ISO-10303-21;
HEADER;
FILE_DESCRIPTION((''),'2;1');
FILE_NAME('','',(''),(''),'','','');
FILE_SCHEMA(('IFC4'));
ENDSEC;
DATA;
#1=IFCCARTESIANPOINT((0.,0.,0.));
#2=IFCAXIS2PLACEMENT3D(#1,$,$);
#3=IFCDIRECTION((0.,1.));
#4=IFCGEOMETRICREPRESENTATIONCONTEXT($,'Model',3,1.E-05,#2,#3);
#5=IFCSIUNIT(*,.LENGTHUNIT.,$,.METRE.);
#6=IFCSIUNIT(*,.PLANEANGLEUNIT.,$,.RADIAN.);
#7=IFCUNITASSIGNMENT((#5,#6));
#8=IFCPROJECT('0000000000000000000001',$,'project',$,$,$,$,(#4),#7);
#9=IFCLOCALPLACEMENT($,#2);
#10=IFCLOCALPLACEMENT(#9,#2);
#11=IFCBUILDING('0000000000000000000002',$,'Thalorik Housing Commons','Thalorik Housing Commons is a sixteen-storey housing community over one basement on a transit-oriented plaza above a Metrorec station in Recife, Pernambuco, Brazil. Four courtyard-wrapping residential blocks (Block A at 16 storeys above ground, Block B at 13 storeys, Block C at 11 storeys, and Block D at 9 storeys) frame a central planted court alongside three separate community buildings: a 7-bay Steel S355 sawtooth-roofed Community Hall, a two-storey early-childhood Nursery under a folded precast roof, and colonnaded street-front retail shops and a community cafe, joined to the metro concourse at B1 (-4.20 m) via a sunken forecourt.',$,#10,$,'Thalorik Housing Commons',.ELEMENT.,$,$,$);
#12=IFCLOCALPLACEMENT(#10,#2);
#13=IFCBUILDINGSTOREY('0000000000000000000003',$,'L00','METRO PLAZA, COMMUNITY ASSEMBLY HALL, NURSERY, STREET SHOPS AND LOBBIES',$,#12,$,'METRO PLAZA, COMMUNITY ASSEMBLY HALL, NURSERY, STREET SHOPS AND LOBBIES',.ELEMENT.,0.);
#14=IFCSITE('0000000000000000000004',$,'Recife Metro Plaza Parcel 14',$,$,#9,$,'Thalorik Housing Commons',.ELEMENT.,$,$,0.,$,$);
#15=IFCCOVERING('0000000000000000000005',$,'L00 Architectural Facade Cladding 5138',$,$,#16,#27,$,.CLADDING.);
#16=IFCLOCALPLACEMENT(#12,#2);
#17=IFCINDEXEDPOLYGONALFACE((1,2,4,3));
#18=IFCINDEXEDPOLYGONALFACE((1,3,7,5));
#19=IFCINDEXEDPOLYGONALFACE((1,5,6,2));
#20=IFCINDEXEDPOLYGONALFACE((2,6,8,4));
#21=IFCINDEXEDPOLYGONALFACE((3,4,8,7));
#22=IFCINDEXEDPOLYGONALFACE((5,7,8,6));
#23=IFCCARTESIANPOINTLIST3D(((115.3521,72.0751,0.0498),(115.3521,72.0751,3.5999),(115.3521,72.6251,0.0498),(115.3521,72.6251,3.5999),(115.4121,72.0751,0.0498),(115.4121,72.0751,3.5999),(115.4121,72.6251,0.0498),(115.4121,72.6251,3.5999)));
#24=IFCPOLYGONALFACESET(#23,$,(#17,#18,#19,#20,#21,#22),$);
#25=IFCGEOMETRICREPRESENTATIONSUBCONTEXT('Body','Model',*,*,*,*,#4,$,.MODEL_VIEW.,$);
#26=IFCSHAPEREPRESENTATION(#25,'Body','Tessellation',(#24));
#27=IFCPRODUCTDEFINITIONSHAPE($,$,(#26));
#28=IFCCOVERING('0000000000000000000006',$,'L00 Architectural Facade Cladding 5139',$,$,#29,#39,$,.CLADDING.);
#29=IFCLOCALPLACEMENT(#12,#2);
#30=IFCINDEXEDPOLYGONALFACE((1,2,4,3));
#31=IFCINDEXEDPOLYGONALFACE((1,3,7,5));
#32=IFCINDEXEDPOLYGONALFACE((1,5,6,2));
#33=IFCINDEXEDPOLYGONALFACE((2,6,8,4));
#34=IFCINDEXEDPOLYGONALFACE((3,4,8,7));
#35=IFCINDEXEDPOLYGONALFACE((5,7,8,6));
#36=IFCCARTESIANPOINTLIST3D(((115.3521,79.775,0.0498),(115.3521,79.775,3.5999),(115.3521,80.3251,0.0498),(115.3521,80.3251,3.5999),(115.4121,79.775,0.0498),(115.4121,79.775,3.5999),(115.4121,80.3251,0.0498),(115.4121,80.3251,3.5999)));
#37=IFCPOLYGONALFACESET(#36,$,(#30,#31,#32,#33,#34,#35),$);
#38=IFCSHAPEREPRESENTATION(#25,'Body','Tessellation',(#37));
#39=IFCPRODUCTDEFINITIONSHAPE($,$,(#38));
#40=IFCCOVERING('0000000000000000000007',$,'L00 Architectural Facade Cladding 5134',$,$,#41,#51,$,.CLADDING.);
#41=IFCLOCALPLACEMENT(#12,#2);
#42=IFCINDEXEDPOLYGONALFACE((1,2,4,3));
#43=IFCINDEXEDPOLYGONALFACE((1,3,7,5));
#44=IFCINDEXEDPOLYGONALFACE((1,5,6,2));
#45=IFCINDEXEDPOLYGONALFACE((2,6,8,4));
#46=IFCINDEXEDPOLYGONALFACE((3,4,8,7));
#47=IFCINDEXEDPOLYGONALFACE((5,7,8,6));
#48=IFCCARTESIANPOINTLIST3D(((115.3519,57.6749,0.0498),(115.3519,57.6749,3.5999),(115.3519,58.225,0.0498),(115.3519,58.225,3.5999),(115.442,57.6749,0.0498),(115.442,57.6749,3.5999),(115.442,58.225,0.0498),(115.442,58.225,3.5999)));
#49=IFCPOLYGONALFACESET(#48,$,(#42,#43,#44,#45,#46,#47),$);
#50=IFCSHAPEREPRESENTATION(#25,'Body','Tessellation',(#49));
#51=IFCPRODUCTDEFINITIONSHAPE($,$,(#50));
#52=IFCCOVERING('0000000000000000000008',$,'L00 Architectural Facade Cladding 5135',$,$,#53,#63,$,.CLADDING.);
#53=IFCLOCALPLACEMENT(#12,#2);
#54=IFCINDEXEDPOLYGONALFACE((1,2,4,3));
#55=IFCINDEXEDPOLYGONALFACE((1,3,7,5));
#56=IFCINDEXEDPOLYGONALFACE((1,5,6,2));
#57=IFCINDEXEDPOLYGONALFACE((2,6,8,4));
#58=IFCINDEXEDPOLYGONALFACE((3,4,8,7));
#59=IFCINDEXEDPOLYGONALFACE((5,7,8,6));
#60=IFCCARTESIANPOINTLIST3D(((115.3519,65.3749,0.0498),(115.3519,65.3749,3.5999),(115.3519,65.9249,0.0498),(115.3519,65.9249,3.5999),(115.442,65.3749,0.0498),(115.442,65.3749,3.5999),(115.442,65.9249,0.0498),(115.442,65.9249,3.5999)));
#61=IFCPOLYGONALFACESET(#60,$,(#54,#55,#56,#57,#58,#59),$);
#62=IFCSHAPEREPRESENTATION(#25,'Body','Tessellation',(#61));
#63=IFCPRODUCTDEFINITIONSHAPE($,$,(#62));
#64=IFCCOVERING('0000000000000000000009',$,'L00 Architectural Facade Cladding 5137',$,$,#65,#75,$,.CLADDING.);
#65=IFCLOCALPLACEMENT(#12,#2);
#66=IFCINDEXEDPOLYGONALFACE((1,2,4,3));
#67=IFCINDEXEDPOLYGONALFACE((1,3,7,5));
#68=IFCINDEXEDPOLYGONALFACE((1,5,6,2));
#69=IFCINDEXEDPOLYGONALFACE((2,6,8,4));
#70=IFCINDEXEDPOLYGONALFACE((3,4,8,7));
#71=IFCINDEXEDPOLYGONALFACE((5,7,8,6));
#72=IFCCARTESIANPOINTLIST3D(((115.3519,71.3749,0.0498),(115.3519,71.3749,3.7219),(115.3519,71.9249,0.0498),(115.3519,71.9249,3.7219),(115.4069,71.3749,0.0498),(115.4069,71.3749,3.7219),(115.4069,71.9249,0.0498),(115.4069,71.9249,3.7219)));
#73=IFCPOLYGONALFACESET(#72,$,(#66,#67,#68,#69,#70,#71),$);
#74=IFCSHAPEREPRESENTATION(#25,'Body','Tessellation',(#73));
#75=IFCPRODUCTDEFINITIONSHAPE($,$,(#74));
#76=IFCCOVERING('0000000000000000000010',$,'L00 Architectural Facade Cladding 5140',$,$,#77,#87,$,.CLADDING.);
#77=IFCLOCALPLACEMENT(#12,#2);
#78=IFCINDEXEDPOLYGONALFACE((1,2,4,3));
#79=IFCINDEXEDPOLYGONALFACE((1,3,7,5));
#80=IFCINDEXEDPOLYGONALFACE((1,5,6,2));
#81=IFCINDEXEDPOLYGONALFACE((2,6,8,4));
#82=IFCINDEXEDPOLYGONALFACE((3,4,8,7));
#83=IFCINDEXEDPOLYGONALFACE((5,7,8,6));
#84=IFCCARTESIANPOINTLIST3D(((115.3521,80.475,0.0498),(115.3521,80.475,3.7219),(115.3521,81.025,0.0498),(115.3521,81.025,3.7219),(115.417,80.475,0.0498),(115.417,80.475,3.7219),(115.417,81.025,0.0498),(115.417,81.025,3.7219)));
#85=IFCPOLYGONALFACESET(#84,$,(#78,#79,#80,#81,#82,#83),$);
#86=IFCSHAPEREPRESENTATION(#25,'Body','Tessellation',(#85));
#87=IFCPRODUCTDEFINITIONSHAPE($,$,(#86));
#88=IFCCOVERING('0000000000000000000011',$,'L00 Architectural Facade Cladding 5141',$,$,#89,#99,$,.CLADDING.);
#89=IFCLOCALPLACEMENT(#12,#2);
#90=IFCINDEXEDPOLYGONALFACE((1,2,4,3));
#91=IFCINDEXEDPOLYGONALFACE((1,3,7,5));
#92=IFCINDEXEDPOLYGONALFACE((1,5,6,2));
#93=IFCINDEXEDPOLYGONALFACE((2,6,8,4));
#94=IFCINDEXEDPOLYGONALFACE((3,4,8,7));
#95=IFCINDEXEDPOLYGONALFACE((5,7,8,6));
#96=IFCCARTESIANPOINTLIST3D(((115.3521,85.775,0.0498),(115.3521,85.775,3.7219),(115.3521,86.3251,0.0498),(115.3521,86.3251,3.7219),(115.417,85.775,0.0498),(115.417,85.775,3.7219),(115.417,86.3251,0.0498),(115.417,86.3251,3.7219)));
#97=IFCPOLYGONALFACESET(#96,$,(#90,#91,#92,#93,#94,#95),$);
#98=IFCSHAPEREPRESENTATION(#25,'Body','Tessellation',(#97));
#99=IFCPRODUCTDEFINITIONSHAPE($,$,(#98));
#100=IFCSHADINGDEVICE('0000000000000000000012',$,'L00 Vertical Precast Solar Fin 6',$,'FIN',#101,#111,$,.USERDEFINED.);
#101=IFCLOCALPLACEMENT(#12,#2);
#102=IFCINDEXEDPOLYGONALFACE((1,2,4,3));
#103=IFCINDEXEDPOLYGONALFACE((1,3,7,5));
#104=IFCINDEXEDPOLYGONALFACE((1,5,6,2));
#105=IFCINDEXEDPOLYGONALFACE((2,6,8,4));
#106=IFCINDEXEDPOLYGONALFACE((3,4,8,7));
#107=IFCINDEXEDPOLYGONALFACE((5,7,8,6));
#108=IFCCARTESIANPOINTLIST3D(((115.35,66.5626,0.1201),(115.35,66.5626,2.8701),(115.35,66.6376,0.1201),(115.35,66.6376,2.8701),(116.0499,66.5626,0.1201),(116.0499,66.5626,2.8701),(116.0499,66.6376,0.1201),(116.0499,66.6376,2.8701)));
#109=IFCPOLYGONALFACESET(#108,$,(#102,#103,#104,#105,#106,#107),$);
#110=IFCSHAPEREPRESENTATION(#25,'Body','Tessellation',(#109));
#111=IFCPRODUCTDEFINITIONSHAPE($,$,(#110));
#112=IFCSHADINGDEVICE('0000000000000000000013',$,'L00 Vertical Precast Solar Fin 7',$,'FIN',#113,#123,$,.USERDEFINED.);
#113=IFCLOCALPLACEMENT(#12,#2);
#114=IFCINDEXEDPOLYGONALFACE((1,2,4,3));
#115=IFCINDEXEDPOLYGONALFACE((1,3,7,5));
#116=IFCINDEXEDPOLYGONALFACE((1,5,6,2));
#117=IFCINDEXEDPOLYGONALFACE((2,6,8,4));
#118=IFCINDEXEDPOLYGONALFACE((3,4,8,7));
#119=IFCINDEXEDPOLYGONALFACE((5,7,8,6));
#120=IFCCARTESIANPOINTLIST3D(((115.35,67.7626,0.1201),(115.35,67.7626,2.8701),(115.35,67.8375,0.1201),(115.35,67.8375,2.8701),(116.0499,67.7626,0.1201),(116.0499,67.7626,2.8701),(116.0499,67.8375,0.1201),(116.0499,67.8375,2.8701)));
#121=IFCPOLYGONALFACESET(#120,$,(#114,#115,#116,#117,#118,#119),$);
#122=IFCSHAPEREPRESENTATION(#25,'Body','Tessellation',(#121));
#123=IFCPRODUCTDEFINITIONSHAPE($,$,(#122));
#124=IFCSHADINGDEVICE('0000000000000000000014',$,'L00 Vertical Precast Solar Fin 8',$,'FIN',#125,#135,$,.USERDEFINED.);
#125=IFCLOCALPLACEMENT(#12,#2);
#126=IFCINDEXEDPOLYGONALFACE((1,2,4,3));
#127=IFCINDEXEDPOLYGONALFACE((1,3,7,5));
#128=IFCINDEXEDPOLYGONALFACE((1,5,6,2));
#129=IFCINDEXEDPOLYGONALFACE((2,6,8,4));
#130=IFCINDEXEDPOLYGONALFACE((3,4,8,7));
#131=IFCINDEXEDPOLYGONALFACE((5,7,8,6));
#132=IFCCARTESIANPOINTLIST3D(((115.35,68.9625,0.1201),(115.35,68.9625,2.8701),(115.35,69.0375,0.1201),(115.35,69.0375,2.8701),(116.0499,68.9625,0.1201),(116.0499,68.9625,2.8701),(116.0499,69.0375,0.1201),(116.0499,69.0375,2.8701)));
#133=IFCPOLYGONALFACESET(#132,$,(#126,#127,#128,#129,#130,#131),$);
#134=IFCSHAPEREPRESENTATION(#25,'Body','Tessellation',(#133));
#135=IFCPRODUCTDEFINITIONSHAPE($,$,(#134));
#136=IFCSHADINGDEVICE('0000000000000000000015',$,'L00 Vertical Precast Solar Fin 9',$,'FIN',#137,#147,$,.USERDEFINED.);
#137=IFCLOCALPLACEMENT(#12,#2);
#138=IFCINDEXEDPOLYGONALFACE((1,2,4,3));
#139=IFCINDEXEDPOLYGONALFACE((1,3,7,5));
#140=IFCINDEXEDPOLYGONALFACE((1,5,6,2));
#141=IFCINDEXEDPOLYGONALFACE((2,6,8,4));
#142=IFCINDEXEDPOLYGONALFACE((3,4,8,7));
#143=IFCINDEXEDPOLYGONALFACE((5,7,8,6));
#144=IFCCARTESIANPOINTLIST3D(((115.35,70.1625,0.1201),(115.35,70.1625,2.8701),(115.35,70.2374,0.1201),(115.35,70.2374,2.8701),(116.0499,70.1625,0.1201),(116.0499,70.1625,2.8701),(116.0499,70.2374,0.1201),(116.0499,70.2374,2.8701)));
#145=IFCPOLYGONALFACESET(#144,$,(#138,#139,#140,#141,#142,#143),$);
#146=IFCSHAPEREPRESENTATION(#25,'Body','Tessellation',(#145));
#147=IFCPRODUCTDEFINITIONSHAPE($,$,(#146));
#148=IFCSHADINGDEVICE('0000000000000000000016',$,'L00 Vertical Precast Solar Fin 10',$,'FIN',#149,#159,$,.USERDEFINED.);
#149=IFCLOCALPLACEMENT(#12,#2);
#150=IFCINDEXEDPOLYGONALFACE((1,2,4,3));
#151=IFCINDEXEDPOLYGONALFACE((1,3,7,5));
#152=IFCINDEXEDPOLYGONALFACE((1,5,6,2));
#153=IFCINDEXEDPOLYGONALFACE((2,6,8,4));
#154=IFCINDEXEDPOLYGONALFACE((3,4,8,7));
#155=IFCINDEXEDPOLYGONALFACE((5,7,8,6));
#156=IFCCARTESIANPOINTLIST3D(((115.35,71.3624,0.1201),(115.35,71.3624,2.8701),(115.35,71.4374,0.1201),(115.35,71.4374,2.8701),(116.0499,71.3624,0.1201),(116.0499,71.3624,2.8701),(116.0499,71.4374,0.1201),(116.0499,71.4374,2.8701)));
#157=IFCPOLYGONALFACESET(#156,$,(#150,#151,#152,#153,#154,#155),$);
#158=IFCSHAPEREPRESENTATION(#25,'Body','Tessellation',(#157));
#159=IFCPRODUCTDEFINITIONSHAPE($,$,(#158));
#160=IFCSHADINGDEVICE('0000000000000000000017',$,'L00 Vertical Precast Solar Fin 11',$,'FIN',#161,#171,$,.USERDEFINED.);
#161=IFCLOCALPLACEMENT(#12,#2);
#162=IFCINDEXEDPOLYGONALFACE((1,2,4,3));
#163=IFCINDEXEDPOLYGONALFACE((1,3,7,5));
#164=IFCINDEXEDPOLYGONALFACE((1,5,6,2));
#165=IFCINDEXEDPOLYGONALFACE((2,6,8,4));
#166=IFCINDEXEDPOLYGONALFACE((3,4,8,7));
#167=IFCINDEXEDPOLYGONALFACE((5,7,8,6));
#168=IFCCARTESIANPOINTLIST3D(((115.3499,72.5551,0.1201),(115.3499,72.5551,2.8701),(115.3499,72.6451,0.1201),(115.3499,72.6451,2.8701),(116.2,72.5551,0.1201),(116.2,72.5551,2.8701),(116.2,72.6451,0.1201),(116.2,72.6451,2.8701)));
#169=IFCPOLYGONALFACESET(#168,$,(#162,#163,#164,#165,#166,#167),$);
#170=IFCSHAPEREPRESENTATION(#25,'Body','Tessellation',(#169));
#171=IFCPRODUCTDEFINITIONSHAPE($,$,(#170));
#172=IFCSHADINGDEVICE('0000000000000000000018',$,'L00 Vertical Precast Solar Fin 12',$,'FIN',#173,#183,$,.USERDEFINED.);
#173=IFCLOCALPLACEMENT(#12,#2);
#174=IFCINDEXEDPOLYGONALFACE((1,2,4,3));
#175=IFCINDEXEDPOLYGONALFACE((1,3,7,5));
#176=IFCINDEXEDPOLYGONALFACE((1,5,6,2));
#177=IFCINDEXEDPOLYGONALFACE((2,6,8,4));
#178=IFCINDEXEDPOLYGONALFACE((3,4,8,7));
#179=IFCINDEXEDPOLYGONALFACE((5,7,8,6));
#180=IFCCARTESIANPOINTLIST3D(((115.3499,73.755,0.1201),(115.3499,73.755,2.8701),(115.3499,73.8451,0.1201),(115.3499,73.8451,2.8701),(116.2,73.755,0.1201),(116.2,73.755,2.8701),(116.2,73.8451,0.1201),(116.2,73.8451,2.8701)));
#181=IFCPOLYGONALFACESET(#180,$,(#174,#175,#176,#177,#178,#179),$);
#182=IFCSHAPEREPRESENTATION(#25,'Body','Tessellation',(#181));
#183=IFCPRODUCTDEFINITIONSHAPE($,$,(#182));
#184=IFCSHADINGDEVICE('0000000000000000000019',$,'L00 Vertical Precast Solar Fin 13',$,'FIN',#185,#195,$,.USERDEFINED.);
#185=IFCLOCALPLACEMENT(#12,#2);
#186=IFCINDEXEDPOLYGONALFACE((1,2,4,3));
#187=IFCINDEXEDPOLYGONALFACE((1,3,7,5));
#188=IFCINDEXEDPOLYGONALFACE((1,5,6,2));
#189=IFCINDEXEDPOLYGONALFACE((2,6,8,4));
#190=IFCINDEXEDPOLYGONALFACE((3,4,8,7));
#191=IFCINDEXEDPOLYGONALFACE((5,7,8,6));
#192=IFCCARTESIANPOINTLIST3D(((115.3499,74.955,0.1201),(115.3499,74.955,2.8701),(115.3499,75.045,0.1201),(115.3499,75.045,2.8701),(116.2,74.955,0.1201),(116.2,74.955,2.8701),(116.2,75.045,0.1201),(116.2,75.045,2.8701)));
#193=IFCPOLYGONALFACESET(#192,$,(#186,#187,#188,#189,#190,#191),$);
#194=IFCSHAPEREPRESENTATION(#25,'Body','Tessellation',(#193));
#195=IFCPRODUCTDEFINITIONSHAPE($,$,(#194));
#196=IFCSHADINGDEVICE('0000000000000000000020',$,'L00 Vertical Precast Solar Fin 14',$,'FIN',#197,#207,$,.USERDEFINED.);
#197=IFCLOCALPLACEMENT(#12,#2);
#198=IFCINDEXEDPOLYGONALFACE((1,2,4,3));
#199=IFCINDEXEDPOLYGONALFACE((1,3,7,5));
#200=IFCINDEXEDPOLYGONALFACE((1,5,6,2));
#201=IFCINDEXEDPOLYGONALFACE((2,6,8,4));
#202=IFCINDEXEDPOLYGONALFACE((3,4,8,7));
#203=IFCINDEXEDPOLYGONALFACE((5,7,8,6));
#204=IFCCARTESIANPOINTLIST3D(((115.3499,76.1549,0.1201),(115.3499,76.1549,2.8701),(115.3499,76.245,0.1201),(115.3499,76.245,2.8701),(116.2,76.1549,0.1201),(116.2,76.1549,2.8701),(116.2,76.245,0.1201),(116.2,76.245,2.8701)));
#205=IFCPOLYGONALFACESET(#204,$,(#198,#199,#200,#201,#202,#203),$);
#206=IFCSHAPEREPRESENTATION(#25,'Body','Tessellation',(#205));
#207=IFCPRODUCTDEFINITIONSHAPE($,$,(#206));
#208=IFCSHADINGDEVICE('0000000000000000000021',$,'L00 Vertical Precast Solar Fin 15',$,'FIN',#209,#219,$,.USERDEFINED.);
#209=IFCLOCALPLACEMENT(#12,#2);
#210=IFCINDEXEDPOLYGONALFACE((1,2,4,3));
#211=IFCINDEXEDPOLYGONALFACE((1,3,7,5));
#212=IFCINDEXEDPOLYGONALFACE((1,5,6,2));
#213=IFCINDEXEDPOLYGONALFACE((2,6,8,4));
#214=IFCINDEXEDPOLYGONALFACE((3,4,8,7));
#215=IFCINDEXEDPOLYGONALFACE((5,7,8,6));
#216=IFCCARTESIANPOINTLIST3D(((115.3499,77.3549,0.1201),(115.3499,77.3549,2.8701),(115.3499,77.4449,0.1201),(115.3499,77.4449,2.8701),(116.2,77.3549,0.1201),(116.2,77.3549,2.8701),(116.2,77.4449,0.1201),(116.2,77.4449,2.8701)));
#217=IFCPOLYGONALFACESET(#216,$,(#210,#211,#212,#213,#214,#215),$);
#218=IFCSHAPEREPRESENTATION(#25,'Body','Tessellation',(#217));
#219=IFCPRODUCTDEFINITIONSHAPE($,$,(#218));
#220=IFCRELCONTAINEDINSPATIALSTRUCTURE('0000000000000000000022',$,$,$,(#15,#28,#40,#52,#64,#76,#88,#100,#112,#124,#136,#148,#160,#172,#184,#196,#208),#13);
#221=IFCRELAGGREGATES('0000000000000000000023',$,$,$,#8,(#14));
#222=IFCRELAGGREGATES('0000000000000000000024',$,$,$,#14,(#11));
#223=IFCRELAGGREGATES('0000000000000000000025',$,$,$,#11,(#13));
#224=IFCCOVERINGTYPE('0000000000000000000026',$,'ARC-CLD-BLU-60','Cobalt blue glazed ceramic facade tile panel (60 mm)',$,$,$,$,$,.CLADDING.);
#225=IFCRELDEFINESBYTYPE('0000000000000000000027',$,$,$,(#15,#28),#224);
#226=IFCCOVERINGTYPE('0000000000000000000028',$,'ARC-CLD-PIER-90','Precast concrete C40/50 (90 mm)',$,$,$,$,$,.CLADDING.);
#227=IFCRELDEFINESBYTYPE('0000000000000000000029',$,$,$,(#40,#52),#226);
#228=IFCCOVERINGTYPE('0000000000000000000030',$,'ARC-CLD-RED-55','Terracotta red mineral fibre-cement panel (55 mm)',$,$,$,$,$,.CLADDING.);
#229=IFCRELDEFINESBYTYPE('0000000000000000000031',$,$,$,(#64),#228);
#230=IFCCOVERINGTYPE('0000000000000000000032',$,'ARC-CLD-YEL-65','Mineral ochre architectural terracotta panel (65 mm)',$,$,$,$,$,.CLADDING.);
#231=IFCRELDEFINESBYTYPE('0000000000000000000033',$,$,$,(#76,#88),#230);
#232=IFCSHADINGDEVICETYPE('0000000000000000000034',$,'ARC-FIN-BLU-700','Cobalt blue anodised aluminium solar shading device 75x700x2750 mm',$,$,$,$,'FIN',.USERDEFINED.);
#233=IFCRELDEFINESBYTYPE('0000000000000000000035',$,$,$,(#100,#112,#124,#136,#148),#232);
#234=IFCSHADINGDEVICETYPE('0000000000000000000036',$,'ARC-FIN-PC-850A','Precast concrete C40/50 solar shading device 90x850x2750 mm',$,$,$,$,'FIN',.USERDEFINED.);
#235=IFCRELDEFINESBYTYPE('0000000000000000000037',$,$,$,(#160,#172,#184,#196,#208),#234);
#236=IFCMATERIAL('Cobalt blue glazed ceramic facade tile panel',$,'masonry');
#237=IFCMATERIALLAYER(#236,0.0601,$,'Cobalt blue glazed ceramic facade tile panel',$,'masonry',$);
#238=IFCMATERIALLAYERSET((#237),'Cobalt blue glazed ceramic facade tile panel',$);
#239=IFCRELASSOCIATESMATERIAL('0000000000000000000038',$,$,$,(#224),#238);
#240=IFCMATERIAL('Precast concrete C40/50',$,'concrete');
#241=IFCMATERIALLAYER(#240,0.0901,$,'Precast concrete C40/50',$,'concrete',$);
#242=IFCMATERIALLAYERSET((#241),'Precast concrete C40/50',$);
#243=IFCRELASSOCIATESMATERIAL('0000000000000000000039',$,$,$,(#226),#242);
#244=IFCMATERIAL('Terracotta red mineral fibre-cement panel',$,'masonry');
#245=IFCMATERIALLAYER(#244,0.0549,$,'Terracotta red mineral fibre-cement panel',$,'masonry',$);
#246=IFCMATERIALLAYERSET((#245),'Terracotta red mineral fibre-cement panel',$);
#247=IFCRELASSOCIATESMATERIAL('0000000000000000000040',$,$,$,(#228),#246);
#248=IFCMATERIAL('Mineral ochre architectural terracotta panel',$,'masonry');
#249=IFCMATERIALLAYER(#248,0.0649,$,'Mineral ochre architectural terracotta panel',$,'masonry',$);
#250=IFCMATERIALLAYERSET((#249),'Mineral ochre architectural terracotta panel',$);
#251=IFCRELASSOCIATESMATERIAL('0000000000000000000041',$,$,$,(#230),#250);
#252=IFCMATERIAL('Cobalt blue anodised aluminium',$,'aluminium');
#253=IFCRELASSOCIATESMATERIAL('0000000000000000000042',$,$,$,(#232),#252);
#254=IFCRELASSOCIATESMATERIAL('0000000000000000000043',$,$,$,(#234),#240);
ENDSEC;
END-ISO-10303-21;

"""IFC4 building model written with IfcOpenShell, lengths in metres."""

from ifc_helpers import new_model, si_unit, direction, frame, origin, origin_2d, place, context, subcontext, project, spatial, rectangle, extrude, material, layer, layer_set, type_object, element, save


model = new_model("IFC4")

# Units and contexts
model_context = context("Model", 3, precision=1e-05, world=origin(), true_north=direction((0.0, 1.0)))
body_context = subcontext(model_context, "Body", "Model", "MODEL_VIEW")
ifc_project = project(units=[si_unit("LENGTHUNIT", "METRE"), si_unit("PLANEANGLEUNIT", "RADIAN")], contexts=[model_context])

# Site, building, storey
site_placement = place(None, origin())
site = spatial("IfcSite", under=ifc_project, at=site_placement, Name="Recife Metro Plaza Parcel 14", LongName="Thalorik Housing Commons", CompositionType="ELEMENT", RefElevation=0.0)
building_placement = place(site_placement, origin())
building = spatial("IfcBuilding", under=site, at=building_placement, Name="Thalorik Housing Commons", Description="Thalorik Housing Commons is a sixteen-storey housing community over one basement on a transit-oriented plaza above a Metrorec station in Recife, Pernambuco, Brazil. Four courtyard-wrapping residential blocks (Block A at 16 storeys above ground, Block B at 13 storeys, Block C at 11 storeys, and Block D at 9 storeys) frame a central planted court alongside three separate community buildings: a 7-bay Steel S355 sawtooth-roofed Community Hall, a two-storey early-childhood Nursery under a folded precast roof, and colonnaded street-front retail shops and a community cafe, joined to the metro concourse at B1 (-4.20 m) via a sunken forecourt.", LongName="Thalorik Housing Commons", CompositionType="ELEMENT")
storey_placement = place(building_placement, origin())
storey = spatial("IfcBuildingStorey", under=building, at=storey_placement, Name="L00", Description="METRO PLAZA, COMMUNITY ASSEMBLY HALL, NURSERY, STREET SHOPS AND LOBBIES", LongName="METRO PLAZA, COMMUNITY ASSEMBLY HALL, NURSERY, STREET SHOPS AND LOBBIES", CompositionType="ELEMENT", Elevation=0.0)

# Coverings
ifc_material_1 = material(Name="Cobalt blue glazed ceramic facade tile panel", Category="masonry")
ifc_layer_1 = layer(ifc_material_1, 0.0601, Name="Cobalt blue glazed ceramic facade tile panel", Category="masonry")
ifc_layer_set_1 = layer_set([ifc_layer_1], Name="Cobalt blue glazed ceramic facade tile panel")
covering_type_1 = type_object("IfcCoveringType", Name="ARC-CLD-BLU-60", Description="Cobalt blue glazed ceramic facade tile panel (60 mm)", PredefinedType="CLADDING", material=ifc_layer_set_1)
for number, where, z_axis, x_axis, name in (
    (1, (115.3821, 72.3501, 0.0498), (0.0, 0.0, 1.0), (0.0, 1.0, 0.0), "L00 Architectural Facade Cladding 5138"),
    (2, (115.3821, 80.05, 0.0498), (0.0, 0.0, 1.0), (0.0, 1.0, 0.0), "L00 Architectural Facade Cladding 5139"),
):
    element("IfcCovering", number, at=place(storey_placement, frame(where, z_axis=z_axis, x_axis=x_axis)), inside=storey, type_object=covering_type_1, Name=name, PredefinedType="CLADDING", context=body_context, shape_type="SweptSolid", body=[
        extrude(rectangle(XDim=0.55, YDim=0.0601, at=origin_2d()), origin(), (0.0, 0.0, 1.0), 3.55),
    ])
ifc_material_2 = material(Name="Precast concrete C40/50", Category="concrete")
ifc_layer_2 = layer(ifc_material_2, 0.0901, Name="Precast concrete C40/50", Category="concrete")
ifc_layer_set_2 = layer_set([ifc_layer_2], Name="Precast concrete C40/50")
covering_type_2 = type_object("IfcCoveringType", Name="ARC-CLD-PIER-90", Description="Precast concrete C40/50 (90 mm)", PredefinedType="CLADDING", material=ifc_layer_set_2)
for number, where, z_axis, x_axis, name in (
    (3, (115.397, 57.95, 0.0498), (0.0, 0.0, 1.0), (0.0, 1.0, 0.0), "L00 Architectural Facade Cladding 5134"),
    (4, (115.397, 65.6499, 0.0498), (0.0, 0.0, 1.0), (0.0, 1.0, 0.0), "L00 Architectural Facade Cladding 5135"),
):
    element("IfcCovering", number, at=place(storey_placement, frame(where, z_axis=z_axis, x_axis=x_axis)), inside=storey, type_object=covering_type_2, Name=name, PredefinedType="CLADDING", context=body_context, shape_type="SweptSolid", body=[
        extrude(rectangle(XDim=0.55, YDim=0.0901, at=origin_2d()), origin(), (0.0, 0.0, 1.0), 3.55),
    ])
ifc_material_3 = material(Name="Terracotta red mineral fibre-cement panel", Category="masonry")
ifc_layer_3 = layer(ifc_material_3, 0.0549, Name="Terracotta red mineral fibre-cement panel", Category="masonry")
ifc_layer_set_3 = layer_set([ifc_layer_3], Name="Terracotta red mineral fibre-cement panel")
covering_type_3 = type_object("IfcCoveringType", Name="ARC-CLD-RED-55", Description="Terracotta red mineral fibre-cement panel (55 mm)", PredefinedType="CLADDING", material=ifc_layer_set_3)
covering_placement = place(storey_placement, frame((115.3794, 71.6499, 0.0498), z_axis=(0.0, 0.0, 1.0), x_axis=(0.0, 1.0, 0.0)))
element("IfcCovering", 5, at=covering_placement, inside=storey, type_object=covering_type_3, Name="L00 Architectural Facade Cladding 5137", PredefinedType="CLADDING", context=body_context, shape_type="SweptSolid", body=[
    extrude(rectangle(XDim=0.55, YDim=0.0549, at=origin_2d()), origin(), (0.0, 0.0, 1.0), 3.6721),
])
ifc_material_4 = material(Name="Mineral ochre architectural terracotta panel", Category="masonry")
ifc_layer_4 = layer(ifc_material_4, 0.0649, Name="Mineral ochre architectural terracotta panel", Category="masonry")
ifc_layer_set_4 = layer_set([ifc_layer_4], Name="Mineral ochre architectural terracotta panel")
covering_type_4 = type_object("IfcCoveringType", Name="ARC-CLD-YEL-65", Description="Mineral ochre architectural terracotta panel (65 mm)", PredefinedType="CLADDING", material=ifc_layer_set_4)
for number, where, z_axis, x_axis, name in (
    (6, (115.3845, 80.75, 0.0498), (0.0, 0.0, 1.0), (0.0, 1.0, 0.0), "L00 Architectural Facade Cladding 5140"),
    (7, (115.3845, 86.05, 0.0498), (0.0, 0.0, 1.0), (0.0, 1.0, 0.0), "L00 Architectural Facade Cladding 5141"),
):
    element("IfcCovering", number, at=place(storey_placement, frame(where, z_axis=z_axis, x_axis=x_axis)), inside=storey, type_object=covering_type_4, Name=name, PredefinedType="CLADDING", context=body_context, shape_type="SweptSolid", body=[
        extrude(rectangle(XDim=0.55, YDim=0.0649, at=origin_2d()), origin(), (0.0, 0.0, 1.0), 3.6721),
    ])

# Shading devices
ifc_material_5 = material(Name="Cobalt blue anodised aluminium", Category="aluminium")
shading_device_type_1 = type_object("IfcShadingDeviceType", Name="ARC-FIN-BLU-700", Description="Cobalt blue anodised aluminium solar shading device 75x700x2750 mm", ElementType="FIN", PredefinedType="USERDEFINED", material=ifc_material_5)
for number, where, z_axis, x_axis, name in (
    (8, (115.7, 66.6001, 0.1201), (0.0, 0.0, 1.0), (0.0, 1.0, 0.0), "L00 Vertical Precast Solar Fin 6"),
    (9, (115.7, 67.8, 0.1201), (0.0, 0.0, 1.0), (0.0, 1.0, 0.0), "L00 Vertical Precast Solar Fin 7"),
    (10, (115.7, 69.0, 0.1201), (0.0, 0.0, 1.0), (0.0, 1.0, 0.0), "L00 Vertical Precast Solar Fin 8"),
    (11, (115.7, 70.2, 0.1201), (0.0, 0.0, 1.0), (0.0, 1.0, 0.0), "L00 Vertical Precast Solar Fin 9"),
    (12, (115.7, 71.3999, 0.1201), (0.0, 0.0, 1.0), (0.0, 1.0, 0.0), "L00 Vertical Precast Solar Fin 10"),
):
    element("IfcShadingDevice", number, at=place(storey_placement, frame(where, z_axis=z_axis, x_axis=x_axis)), inside=storey, type_object=shading_device_type_1, Name=name, ObjectType="FIN", PredefinedType="USERDEFINED", context=body_context, shape_type="SweptSolid", body=[
        extrude(rectangle(XDim=0.075, YDim=0.7, at=origin_2d()), origin(), (0.0, 0.0, 1.0), 2.75),
    ])
shading_device_type_2 = type_object("IfcShadingDeviceType", Name="ARC-FIN-PC-850A", Description="Precast concrete C40/50 solar shading device 90x850x2750 mm", ElementType="FIN", PredefinedType="USERDEFINED", material=ifc_material_2)
for number, where, z_axis, x_axis, name in (
    (13, (115.7749, 72.6001, 0.1201), (0.0, 0.0, 1.0), (0.0, 1.0, 0.0), "L00 Vertical Precast Solar Fin 11"),
    (14, (115.7749, 73.8, 0.1201), (0.0, 0.0, 1.0), (0.0, 1.0, 0.0), "L00 Vertical Precast Solar Fin 12"),
    (15, (115.7749, 75.0, 0.1201), (0.0, 0.0, 1.0), (0.0, 1.0, 0.0), "L00 Vertical Precast Solar Fin 13"),
    (16, (115.7749, 76.2, 0.1201), (0.0, 0.0, 1.0), (0.0, 1.0, 0.0), "L00 Vertical Precast Solar Fin 14"),
    (17, (115.7749, 77.3999, 0.1201), (0.0, 0.0, 1.0), (0.0, 1.0, 0.0), "L00 Vertical Precast Solar Fin 15"),
):
    element("IfcShadingDevice", number, at=place(storey_placement, frame(where, z_axis=z_axis, x_axis=x_axis)), inside=storey, type_object=shading_device_type_2, Name=name, ObjectType="FIN", PredefinedType="USERDEFINED", context=body_context, shape_type="SweptSolid", body=[
        extrude(rectangle(XDim=0.0901, YDim=0.8501, at=origin_2d()), origin(), (0.0, 0.0, 1.0), 2.75),
    ])

save(model, "model.ifc")
